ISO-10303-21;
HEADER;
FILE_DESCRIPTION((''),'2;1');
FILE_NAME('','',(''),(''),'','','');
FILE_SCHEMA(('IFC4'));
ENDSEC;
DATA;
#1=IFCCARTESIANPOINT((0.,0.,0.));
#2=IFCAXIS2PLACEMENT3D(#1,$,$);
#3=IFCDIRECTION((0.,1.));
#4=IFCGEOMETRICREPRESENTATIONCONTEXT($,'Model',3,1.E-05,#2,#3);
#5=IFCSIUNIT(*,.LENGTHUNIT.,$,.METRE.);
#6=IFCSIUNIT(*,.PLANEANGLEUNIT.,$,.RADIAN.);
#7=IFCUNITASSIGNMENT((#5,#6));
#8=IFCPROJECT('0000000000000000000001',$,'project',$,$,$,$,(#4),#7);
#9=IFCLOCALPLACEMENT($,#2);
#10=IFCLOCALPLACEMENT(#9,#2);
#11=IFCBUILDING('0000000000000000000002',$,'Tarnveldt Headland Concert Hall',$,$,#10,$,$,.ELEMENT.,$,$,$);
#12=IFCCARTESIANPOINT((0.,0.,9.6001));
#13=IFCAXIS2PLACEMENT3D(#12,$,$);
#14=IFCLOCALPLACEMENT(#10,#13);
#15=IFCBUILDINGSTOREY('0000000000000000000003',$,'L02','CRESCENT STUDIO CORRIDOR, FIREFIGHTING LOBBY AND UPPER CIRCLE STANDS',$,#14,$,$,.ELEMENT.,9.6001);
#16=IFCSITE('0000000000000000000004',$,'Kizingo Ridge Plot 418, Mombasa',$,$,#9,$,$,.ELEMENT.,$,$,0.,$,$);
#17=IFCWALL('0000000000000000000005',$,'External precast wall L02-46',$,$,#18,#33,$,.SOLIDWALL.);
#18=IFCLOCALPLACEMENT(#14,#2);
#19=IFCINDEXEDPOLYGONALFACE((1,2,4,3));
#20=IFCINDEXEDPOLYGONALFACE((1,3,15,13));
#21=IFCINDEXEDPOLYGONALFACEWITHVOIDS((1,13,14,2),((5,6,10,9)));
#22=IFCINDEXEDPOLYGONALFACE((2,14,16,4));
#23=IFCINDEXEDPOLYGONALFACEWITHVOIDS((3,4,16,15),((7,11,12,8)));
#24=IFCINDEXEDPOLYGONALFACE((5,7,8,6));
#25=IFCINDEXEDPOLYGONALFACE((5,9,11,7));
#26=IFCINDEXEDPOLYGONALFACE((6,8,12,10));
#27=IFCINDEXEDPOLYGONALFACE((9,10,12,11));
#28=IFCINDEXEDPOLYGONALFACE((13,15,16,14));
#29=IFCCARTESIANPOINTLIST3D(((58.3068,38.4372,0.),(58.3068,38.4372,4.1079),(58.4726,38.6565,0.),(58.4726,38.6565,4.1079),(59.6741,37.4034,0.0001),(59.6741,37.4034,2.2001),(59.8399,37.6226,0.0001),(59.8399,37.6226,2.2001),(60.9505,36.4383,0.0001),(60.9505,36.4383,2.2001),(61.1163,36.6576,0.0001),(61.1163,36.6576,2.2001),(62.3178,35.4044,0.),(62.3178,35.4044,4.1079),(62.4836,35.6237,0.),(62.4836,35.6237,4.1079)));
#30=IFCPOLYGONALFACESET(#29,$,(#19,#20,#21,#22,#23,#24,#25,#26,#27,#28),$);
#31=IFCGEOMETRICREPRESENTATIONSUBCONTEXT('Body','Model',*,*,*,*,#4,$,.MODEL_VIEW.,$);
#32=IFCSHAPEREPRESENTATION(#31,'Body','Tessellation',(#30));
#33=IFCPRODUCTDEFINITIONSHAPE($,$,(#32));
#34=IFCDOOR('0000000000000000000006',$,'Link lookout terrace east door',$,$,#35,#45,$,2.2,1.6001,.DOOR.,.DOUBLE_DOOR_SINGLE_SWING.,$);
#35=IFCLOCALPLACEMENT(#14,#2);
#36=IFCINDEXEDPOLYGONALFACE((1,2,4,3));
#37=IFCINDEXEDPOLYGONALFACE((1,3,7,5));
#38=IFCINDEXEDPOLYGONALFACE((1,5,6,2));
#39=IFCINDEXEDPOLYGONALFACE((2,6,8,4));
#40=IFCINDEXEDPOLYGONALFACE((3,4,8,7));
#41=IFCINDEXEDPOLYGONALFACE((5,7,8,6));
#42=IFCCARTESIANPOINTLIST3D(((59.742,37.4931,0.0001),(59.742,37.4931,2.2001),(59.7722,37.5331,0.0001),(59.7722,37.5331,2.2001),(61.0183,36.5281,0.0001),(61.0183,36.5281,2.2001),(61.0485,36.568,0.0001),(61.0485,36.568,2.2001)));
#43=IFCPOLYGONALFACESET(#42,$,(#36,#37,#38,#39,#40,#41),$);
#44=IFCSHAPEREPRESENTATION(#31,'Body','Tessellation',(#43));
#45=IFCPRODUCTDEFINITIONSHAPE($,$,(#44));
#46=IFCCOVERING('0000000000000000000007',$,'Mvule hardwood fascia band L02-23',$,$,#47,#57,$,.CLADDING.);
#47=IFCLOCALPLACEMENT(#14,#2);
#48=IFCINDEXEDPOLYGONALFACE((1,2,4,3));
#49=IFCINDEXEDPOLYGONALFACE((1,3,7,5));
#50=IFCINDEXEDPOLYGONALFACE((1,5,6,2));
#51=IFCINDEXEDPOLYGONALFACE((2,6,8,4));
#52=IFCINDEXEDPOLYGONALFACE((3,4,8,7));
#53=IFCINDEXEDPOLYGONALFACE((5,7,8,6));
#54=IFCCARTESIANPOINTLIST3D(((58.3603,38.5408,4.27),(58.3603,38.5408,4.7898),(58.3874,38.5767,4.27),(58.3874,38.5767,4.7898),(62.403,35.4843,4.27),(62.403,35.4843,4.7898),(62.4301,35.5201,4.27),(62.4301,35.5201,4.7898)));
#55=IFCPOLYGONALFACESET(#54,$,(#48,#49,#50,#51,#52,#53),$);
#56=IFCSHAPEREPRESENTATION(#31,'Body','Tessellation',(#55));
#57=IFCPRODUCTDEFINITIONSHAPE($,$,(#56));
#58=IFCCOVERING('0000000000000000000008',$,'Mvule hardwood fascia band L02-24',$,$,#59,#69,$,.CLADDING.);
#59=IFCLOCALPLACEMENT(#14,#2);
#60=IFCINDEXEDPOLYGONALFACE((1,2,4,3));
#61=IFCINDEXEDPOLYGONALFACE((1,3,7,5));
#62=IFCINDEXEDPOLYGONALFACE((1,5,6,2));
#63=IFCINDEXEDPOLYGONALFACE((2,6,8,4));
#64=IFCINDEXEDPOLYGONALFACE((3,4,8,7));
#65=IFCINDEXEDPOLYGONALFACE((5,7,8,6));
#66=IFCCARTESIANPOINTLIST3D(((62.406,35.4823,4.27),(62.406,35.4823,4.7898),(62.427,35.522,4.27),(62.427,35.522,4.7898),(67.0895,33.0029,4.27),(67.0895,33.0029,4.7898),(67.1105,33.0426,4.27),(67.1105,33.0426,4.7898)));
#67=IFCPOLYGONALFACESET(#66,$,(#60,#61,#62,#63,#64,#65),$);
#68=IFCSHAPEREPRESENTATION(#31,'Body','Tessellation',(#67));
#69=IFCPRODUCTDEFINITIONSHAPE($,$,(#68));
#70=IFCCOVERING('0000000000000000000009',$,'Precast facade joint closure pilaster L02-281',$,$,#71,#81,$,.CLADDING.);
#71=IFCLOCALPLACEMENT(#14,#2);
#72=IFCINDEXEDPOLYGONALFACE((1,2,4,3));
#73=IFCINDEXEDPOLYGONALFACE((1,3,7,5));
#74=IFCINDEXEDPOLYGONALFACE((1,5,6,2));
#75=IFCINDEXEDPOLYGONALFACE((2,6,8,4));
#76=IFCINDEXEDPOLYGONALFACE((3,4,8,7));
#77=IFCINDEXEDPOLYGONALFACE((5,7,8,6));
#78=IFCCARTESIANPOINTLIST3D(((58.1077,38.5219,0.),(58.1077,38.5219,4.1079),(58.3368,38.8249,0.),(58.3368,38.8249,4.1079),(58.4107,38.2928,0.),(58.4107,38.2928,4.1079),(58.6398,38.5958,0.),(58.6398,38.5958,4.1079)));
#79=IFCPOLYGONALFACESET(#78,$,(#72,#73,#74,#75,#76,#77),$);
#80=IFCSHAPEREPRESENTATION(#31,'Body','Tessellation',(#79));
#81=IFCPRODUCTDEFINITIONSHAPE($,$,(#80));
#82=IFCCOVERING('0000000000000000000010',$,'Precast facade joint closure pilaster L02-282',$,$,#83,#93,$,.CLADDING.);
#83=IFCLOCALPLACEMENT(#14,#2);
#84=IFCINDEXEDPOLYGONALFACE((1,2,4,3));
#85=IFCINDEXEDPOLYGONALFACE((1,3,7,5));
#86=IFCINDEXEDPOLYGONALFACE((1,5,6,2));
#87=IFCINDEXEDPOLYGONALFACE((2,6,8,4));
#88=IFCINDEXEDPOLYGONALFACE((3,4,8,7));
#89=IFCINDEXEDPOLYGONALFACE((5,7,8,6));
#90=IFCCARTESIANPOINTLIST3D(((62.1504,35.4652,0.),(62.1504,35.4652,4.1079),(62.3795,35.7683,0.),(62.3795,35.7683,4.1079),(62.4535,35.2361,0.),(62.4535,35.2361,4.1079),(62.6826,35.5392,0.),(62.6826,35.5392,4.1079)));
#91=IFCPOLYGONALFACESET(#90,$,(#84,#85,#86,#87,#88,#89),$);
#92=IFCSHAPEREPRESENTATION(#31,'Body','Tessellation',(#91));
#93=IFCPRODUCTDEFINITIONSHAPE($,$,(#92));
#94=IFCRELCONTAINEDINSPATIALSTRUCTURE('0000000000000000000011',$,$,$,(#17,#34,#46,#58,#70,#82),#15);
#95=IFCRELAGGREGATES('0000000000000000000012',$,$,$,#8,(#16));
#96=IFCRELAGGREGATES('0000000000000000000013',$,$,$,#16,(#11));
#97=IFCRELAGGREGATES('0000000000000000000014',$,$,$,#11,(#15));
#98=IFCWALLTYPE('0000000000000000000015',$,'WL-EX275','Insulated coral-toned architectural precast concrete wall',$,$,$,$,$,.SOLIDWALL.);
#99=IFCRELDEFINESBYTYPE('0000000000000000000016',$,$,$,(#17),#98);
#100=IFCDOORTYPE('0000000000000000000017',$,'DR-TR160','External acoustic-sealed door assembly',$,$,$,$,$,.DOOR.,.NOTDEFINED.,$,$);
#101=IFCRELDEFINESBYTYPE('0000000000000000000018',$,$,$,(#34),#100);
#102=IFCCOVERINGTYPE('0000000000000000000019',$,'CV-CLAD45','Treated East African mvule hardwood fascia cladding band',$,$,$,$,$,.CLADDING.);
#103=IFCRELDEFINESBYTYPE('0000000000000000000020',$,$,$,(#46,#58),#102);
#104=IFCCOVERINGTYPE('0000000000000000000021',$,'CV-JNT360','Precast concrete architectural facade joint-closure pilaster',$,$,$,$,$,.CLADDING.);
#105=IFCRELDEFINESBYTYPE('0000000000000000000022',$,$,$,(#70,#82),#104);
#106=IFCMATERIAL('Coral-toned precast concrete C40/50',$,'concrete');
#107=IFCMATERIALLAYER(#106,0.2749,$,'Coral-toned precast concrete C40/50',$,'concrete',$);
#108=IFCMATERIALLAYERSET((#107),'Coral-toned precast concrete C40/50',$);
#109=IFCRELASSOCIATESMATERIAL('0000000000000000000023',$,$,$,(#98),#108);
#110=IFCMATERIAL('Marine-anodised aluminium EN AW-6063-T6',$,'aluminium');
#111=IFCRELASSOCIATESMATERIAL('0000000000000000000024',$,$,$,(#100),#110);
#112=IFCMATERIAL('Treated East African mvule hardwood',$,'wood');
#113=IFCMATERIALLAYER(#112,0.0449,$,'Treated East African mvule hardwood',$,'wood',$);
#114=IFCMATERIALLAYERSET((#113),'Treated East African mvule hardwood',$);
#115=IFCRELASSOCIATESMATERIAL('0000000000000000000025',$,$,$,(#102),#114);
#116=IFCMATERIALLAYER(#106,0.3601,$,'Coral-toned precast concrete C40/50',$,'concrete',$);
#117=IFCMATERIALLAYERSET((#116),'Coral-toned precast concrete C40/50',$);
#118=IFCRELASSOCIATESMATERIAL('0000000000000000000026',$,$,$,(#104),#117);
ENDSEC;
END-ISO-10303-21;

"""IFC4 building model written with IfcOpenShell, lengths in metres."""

from ifc_helpers import new_model, si_unit, direction, frame, frame_2d, origin, origin_2d, place, context, subcontext, project, spatial, rectangle, extrude, material, layer, layer_set, type_object, element, fill, save


model = new_model("IFC4")

# Units and contexts
model_context = context("Model", 3, precision=1e-05, world=origin(), true_north=direction((0.0, 1.0)))
body_context = subcontext(model_context, "Body", "Model", "MODEL_VIEW")
ifc_project = project(units=[si_unit("LENGTHUNIT", "METRE"), si_unit("PLANEANGLEUNIT", "RADIAN")], contexts=[model_context])

# Site, building, storey
site_placement = place(None, origin())
site = spatial("IfcSite", under=ifc_project, at=site_placement, Name="Kizingo Ridge Plot 418, Mombasa", CompositionType="ELEMENT", RefElevation=0.0)
building_placement = place(site_placement, origin())
building = spatial("IfcBuilding", under=site, at=building_placement, Name="Tarnveldt Headland Concert Hall", CompositionType="ELEMENT")
storey_placement = place(building_placement, frame((0.0, 0.0, 9.6001)))
storey = spatial("IfcBuildingStorey", under=building, at=storey_placement, Name="L02", Description="CRESCENT STUDIO CORRIDOR, FIREFIGHTING LOBBY AND UPPER CIRCLE STANDS", CompositionType="ELEMENT", Elevation=9.6001)

# Shared definitions
ifc_material_1 = material(Name="Marine-anodised aluminium EN AW-6063-T6", Category="aluminium")

# Wall, opening, door
ifc_material_2 = material(Name="Coral-toned precast concrete C40/50", Category="concrete")
ifc_layer_1 = layer(ifc_material_2, 0.2749, Name="Coral-toned precast concrete C40/50", Category="concrete")
ifc_layer_set_1 = layer_set([ifc_layer_1], Name="Coral-toned precast concrete C40/50")
wall_type = type_object("IfcWallType", Name="WL-EX275", Description="Insulated coral-toned architectural precast concrete wall", PredefinedType="SOLIDWALL", material=ifc_layer_set_1)
wall_placement = place(storey_placement, frame((62.4006, 35.5142, 0.0), z_axis=(0.0, 0.0, 1.0), x_axis=(-0.797658, 0.603111, 0.0)))
wall = element("IfcWall", 1, at=wall_placement, inside=storey, type_object=wall_type, Name="External precast wall L02-46", PredefinedType="SOLIDWALL", context=body_context, shape_type="SweptSolid", body=[
    extrude(rectangle(XDim=5.0286, YDim=0.2749, at=frame_2d((2.5142, 0.0))), origin(), (0.0, 0.0, 1.0), 4.1079),
])
opening_placement = place(wall_placement, frame((1.7141, 0.0, 0.0)))
opening = element("IfcOpeningElement", 2, at=opening_placement, cuts=wall, PredefinedType="OPENING", context=body_context, shape_type="SweptSolid", body=[
    extrude(rectangle(XDim=1.6001, YDim=2.2, at=frame_2d((0.8, 1.1001))), frame((0.0, 0.1475, 0.0), z_axis=(0.0, -1.0, 0.0), x_axis=(1.0, 0.0, 0.0)), (0.0, 0.0, 1.0), 0.2949),
])
door_type = type_object("IfcDoorType", Name="DR-TR160", Description="External acoustic-sealed door assembly", OperationType="NOTDEFINED", PredefinedType="DOOR", material=ifc_material_1)
door_placement = place(opening_placement, origin())
door = element("IfcDoor", 3, at=door_placement, inside=storey, type_object=door_type, Name="Link lookout terrace east door", OperationType="DOUBLE_DOOR_SINGLE_SWING", OverallHeight=2.2, OverallWidth=1.6001, PredefinedType="DOOR", context=body_context, shape_type="SweptSolid", body=[
    extrude(rectangle(XDim=1.6001, YDim=2.2, at=frame_2d((0.8, 1.1001))), frame((0.0, 0.0249, 0.0), z_axis=(0.0, -1.0, 0.0), x_axis=(1.0, 0.0, 0.0)), (0.0, 0.0, 1.0), 0.05),
])
fill(opening, door)

# Coverings
ifc_material_3 = material(Name="Treated East African mvule hardwood", Category="wood")
ifc_layer_2 = layer(ifc_material_3, 0.0449, Name="Treated East African mvule hardwood", Category="wood")
ifc_layer_set_2 = layer_set([ifc_layer_2], Name="Treated East African mvule hardwood")
covering_type_1 = type_object("IfcCoveringType", Name="CV-CLAD45", Description="Treated East African mvule hardwood fascia cladding band", PredefinedType="CLADDING", material=ifc_layer_set_2)
covering_1_placement = place(storey_placement, frame((58.3738, 38.5588, 4.27), z_axis=(0.0, 0.0, 1.0), x_axis=(0.797664, -0.603102, 0.0)))
element("IfcCovering", 4, at=covering_1_placement, inside=storey, type_object=covering_type_1, Name="Mvule hardwood fascia band L02-23", PredefinedType="CLADDING", context=body_context, shape_type="SweptSolid", body=[
    extrude(rectangle(XDim=5.0681, YDim=0.0449, at=frame_2d((2.5342, 0.0))), origin(), (0.0, 0.0, 1.0), 0.5198),
])
covering_2_placement = place(storey_placement, frame((62.4165, 35.5022, 4.27), z_axis=(0.0, 0.0, 1.0), x_axis=(0.883792, -0.467879, 0.0)))
element("IfcCovering", 5, at=covering_2_placement, inside=storey, type_object=covering_type_1, Name="Mvule hardwood fascia band L02-24", PredefinedType="CLADDING", context=body_context, shape_type="SweptSolid", body=[
    extrude(rectangle(XDim=5.2993, YDim=0.0449, at=frame_2d((2.6497, 0.0))), origin(), (0.0, 0.0, 1.0), 0.5198),
])
ifc_layer_3 = layer(ifc_material_2, 0.3601, Name="Coral-toned precast concrete C40/50", Category="concrete")
ifc_layer_set_3 = layer_set([ifc_layer_3], Name="Coral-toned precast concrete C40/50")
covering_type_2 = type_object("IfcCoveringType", Name="CV-JNT360", Description="Precast concrete architectural facade joint-closure pilaster", PredefinedType="CLADDING", material=ifc_layer_set_3)
for number, where, z_axis, x_axis, name in (
    (6, (58.3738, 38.5588, 0.0), (0.0, 0.0, 1.0), (-0.797689, 0.603069, 0.0), "Precast facade joint closure pilaster L02-281"),
    (7, (62.4165, 35.5022, 0.0), (0.0, 0.0, 1.0), (-0.797689, 0.603069, 0.0), "Precast facade joint closure pilaster L02-282"),
):
    element("IfcCovering", number, at=place(storey_placement, frame(where, z_axis=z_axis, x_axis=x_axis)), inside=storey, type_object=covering_type_2, Name=name, PredefinedType="CLADDING", context=body_context, shape_type="SweptSolid", body=[
        extrude(rectangle(XDim=0.3799, YDim=0.3799, at=origin_2d()), origin(), (0.0, 0.0, 1.0), 4.1079),
    ])

save(model, "model.ifc")
